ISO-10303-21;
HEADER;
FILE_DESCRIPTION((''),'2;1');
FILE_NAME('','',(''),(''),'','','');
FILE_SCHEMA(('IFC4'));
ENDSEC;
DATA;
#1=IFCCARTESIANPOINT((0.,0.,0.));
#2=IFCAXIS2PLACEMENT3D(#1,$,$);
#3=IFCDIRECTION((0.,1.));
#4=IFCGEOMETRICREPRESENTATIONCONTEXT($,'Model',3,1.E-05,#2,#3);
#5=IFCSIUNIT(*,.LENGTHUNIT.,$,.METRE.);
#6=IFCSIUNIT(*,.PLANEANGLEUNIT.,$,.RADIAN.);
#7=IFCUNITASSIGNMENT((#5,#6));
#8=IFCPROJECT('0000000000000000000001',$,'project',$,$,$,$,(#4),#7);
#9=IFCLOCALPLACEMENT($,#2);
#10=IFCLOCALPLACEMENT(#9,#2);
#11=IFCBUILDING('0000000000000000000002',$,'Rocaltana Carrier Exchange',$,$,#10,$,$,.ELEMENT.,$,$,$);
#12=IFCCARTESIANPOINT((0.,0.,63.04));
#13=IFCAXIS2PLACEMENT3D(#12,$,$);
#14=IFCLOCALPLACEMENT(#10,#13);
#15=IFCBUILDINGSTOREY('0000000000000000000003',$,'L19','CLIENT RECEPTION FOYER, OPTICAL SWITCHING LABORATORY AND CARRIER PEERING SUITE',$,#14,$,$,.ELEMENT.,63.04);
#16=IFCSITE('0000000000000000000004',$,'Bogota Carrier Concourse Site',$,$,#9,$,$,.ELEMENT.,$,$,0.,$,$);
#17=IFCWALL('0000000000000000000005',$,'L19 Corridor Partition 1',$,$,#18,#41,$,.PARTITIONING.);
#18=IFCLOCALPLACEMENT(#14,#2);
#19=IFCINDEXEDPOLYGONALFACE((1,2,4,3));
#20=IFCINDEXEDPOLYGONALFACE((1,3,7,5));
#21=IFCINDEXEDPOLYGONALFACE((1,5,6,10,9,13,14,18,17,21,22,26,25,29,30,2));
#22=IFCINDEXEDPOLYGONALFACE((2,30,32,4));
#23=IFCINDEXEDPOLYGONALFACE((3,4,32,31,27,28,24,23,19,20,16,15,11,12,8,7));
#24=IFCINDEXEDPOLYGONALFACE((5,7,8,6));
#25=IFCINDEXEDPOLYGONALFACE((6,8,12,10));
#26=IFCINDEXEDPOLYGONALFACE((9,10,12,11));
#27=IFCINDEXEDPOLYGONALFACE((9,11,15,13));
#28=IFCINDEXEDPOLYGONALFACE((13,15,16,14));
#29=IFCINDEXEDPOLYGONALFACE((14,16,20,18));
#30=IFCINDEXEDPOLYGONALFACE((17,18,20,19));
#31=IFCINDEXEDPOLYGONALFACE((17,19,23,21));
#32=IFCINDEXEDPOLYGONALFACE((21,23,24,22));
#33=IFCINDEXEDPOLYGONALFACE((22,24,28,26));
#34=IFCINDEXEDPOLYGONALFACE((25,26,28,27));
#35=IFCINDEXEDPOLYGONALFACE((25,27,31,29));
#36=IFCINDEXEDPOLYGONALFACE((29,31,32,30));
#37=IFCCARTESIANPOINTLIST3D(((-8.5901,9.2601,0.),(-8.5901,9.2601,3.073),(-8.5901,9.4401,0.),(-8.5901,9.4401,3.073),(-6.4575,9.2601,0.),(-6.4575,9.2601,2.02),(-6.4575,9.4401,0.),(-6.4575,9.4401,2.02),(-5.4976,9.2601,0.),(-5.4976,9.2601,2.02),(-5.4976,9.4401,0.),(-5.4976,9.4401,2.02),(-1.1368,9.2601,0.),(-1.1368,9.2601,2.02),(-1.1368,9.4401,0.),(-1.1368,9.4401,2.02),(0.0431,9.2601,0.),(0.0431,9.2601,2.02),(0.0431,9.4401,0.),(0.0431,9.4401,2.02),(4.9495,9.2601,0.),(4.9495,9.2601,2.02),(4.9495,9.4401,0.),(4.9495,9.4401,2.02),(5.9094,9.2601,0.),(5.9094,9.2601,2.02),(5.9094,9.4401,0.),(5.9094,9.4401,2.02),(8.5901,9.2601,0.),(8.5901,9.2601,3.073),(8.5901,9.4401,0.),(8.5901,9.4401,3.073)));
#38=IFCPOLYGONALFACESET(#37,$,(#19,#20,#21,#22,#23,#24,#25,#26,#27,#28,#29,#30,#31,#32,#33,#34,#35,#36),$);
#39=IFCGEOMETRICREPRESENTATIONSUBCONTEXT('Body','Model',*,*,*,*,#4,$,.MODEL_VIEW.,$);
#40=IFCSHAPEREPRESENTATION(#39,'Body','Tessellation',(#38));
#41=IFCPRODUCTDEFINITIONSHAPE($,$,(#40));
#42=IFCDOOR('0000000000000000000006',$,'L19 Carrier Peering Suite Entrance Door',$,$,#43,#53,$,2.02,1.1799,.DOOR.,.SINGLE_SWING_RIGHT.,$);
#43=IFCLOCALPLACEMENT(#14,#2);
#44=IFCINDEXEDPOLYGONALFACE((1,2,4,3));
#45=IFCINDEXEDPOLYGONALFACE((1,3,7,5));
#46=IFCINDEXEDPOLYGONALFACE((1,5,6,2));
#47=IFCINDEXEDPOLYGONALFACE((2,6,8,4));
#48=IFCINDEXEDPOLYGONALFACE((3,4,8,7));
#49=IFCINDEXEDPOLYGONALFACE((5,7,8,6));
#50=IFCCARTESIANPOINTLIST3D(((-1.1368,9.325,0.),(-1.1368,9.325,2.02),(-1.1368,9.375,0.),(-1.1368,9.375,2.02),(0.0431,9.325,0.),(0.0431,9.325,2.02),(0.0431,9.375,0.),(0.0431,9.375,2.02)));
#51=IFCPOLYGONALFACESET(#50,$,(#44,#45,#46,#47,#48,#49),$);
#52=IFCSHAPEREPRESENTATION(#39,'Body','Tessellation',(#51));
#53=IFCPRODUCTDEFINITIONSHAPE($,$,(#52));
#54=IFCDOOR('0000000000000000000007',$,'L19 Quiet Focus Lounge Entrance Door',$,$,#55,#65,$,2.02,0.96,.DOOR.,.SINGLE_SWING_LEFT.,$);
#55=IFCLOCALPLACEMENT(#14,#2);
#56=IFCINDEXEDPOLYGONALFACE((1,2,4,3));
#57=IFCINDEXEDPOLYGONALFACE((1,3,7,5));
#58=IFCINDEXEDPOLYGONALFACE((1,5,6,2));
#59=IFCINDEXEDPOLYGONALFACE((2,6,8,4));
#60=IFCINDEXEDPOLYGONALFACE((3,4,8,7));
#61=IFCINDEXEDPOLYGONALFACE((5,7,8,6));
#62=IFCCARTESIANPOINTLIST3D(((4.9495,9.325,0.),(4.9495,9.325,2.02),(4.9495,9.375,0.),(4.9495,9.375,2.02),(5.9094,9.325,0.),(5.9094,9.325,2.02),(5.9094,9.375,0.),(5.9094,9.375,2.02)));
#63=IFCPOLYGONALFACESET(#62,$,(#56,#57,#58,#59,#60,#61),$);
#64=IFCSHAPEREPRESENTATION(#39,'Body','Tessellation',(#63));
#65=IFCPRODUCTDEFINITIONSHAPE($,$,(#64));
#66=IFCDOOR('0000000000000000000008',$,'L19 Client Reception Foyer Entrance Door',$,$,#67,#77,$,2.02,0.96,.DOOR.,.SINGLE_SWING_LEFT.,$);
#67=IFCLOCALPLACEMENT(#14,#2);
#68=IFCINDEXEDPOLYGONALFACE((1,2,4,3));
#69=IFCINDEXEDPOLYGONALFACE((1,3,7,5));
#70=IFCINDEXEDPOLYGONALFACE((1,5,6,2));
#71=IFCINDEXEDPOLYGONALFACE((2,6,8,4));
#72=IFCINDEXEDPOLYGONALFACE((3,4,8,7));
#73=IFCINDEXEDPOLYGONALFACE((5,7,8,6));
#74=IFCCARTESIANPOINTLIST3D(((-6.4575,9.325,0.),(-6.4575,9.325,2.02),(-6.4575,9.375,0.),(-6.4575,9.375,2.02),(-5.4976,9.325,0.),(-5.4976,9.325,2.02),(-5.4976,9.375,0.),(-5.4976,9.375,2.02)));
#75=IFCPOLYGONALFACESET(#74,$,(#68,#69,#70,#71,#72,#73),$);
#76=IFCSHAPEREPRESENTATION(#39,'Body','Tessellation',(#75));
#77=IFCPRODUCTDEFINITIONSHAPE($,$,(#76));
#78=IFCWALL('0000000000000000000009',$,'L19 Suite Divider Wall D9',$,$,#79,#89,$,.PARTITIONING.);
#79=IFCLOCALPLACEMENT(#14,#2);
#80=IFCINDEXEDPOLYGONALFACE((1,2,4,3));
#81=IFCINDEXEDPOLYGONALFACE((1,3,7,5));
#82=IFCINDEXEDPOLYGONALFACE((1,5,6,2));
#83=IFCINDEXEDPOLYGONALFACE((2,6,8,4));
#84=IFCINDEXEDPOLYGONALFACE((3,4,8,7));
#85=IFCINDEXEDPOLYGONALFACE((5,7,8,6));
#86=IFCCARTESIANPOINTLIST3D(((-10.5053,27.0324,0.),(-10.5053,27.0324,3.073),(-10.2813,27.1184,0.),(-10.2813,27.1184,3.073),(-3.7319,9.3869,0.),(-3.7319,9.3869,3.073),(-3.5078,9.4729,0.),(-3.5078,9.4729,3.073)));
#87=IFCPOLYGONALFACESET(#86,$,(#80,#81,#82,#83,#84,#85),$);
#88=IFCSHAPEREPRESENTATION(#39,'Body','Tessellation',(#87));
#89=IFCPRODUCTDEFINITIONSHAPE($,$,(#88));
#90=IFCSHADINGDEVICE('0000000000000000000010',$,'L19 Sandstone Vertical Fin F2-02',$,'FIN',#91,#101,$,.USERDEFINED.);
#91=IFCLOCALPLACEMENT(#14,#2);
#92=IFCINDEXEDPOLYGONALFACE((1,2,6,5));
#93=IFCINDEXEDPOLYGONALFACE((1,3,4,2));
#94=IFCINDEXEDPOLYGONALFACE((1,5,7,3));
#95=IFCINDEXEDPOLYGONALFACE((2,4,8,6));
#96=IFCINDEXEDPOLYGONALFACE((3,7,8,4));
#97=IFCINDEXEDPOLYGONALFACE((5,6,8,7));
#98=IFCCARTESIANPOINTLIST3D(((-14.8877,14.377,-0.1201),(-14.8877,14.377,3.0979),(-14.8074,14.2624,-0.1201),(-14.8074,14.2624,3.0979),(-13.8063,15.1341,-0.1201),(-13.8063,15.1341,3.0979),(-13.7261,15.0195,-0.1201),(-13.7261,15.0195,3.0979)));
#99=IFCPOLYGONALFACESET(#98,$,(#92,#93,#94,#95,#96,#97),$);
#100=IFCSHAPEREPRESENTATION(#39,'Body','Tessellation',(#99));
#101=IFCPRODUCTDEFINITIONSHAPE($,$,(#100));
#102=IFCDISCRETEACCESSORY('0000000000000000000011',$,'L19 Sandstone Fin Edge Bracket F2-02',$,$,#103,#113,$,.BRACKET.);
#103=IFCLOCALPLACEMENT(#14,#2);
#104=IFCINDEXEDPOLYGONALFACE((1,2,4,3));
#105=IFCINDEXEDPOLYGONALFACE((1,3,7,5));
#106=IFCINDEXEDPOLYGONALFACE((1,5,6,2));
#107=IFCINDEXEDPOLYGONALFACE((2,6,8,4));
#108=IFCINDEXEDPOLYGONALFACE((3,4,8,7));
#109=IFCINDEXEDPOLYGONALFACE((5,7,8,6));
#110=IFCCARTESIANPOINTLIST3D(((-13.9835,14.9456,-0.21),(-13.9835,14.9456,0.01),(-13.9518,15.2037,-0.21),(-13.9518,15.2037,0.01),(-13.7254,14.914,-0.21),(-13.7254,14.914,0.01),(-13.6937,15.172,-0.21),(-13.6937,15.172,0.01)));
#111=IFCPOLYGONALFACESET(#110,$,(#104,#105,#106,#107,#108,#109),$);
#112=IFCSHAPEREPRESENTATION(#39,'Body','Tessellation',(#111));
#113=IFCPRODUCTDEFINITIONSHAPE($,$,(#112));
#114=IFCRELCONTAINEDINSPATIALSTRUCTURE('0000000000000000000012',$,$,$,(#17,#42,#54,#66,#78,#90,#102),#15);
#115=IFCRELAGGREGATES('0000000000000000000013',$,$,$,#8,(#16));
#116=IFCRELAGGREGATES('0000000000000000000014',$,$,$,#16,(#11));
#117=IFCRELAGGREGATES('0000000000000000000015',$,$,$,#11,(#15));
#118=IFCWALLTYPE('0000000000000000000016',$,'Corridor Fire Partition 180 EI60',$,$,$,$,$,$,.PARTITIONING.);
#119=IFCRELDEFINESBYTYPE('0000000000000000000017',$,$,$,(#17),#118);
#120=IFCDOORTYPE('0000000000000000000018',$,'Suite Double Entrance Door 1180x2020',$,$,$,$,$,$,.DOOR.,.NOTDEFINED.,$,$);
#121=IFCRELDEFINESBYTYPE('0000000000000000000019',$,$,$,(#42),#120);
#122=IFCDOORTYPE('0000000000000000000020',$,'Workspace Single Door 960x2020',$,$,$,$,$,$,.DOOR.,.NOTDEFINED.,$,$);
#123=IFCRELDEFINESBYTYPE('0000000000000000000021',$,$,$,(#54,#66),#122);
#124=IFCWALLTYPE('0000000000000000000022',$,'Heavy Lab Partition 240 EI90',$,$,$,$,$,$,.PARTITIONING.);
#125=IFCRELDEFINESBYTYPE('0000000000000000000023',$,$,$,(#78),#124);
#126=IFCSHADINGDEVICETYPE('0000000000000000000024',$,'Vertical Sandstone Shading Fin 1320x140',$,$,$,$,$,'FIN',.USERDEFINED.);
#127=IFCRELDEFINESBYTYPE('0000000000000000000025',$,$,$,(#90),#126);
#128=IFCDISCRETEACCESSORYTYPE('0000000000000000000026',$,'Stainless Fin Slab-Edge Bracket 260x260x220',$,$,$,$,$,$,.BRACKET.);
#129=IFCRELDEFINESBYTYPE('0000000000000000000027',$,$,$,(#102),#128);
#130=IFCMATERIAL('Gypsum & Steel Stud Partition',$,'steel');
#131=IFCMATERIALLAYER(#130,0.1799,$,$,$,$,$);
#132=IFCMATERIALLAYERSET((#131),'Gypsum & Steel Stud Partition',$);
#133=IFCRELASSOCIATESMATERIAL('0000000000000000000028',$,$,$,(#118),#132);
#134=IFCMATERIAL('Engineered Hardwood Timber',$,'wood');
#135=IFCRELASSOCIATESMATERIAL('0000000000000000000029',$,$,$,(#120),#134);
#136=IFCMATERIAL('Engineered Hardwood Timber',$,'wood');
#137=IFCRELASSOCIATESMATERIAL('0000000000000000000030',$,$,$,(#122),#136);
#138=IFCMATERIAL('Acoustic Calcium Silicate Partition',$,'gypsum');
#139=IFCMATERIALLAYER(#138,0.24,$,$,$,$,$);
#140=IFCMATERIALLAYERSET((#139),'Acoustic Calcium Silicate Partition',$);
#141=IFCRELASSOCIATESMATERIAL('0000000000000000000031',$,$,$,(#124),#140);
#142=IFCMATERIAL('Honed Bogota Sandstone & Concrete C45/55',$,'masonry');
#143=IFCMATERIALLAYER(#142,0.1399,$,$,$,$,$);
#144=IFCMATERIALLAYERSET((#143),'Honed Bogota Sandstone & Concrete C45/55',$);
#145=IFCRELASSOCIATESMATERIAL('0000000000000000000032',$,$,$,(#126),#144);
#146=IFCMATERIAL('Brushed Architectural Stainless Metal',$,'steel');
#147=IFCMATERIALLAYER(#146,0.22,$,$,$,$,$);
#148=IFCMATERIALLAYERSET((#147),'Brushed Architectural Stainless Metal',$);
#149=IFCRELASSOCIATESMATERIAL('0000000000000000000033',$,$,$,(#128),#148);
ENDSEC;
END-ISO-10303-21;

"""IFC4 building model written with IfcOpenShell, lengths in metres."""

from ifc_helpers import new_model, si_unit, direction, frame, frame_2d, origin, origin_2d, place, context, subcontext, project, spatial, rectangle, extrude, material, layer, layer_set, type_object, element, fill, save


model = new_model("IFC4")

# Units and contexts
model_context = context("Model", 3, precision=1e-05, world=origin(), true_north=direction((0.0, 1.0)))
body_context = subcontext(model_context, "Body", "Model", "MODEL_VIEW")
ifc_project = project(units=[si_unit("LENGTHUNIT", "METRE"), si_unit("PLANEANGLEUNIT", "RADIAN")], contexts=[model_context])

# Site, building, storey
site_placement = place(None, origin())
site = spatial("IfcSite", under=ifc_project, at=site_placement, Name="Bogota Carrier Concourse Site", CompositionType="ELEMENT", RefElevation=0.0)
building_placement = place(site_placement, origin())
building = spatial("IfcBuilding", under=site, at=building_placement, Name="Rocaltana Carrier Exchange", CompositionType="ELEMENT")
storey_placement = place(building_placement, frame((0.0, 0.0, 63.04)))
storey = spatial("IfcBuildingStorey", under=building, at=storey_placement, Name="L19", Description="CLIENT RECEPTION FOYER, OPTICAL SWITCHING LABORATORY AND CARRIER PEERING SUITE", CompositionType="ELEMENT", Elevation=63.04)

# Wall, openings, doors
ifc_material_1 = material(Name="Gypsum & Steel Stud Partition", Category="steel")
ifc_layer_1 = layer(ifc_material_1, 0.1799)
ifc_layer_set_1 = layer_set([ifc_layer_1], Name="Gypsum & Steel Stud Partition")
wall_type_1 = type_object("IfcWallType", Name="Corridor Fire Partition 180 EI60", PredefinedType="PARTITIONING", material=ifc_layer_set_1)
wall_1_placement = place(storey_placement, frame((-8.5901, 9.3501, 0.0), z_axis=(0.0, 0.0, 1.0), x_axis=(1.0, 0.0, 0.0)))
wall_1 = element("IfcWall", 1, at=wall_1_placement, inside=storey, type_object=wall_type_1, Name="L19 Corridor Partition 1", PredefinedType="PARTITIONING", context=body_context, shape_type="SweptSolid", body=[
    extrude(rectangle(XDim=17.1802, YDim=0.1799, at=frame_2d((8.5901, 0.0))), origin(), (0.0, 0.0, 1.0), 3.073),
])
opening_1_placement = place(wall_1_placement, frame((13.5396, 0.0, 0.0)))
opening_1 = element("IfcOpeningElement", 2, at=opening_1_placement, cuts=wall_1, PredefinedType="OPENING", context=body_context, shape_type="SweptSolid", body=[
    extrude(rectangle(XDim=0.96, YDim=2.02, at=frame_2d((0.48, 1.01))), frame((0.0, 0.0999, 0.0), z_axis=(0.0, -1.0, 0.0), x_axis=(1.0, 0.0, 0.0)), (0.0, 0.0, 1.0), 0.2),
])
opening_2_placement = place(wall_1_placement, frame((7.4534, 0.0, 0.0)))
opening_2 = element("IfcOpeningElement", 3, at=opening_2_placement, cuts=wall_1, PredefinedType="OPENING", context=body_context, shape_type="SweptSolid", body=[
    extrude(rectangle(XDim=1.1799, YDim=2.02, at=frame_2d((0.5898, 1.01))), frame((0.0, 0.0999, 0.0), z_axis=(0.0, -1.0, 0.0), x_axis=(1.0, 0.0, 0.0)), (0.0, 0.0, 1.0), 0.2),
])
opening_3_placement = place(wall_1_placement, frame((2.1326, 0.0, 0.0)))
opening_3 = element("IfcOpeningElement", 4, at=opening_3_placement, cuts=wall_1, PredefinedType="OPENING", context=body_context, shape_type="SweptSolid", body=[
    extrude(rectangle(XDim=0.96, YDim=2.02, at=frame_2d((0.48, 1.01))), frame((0.0, 0.0999, 0.0), z_axis=(0.0, -1.0, 0.0), x_axis=(1.0, 0.0, 0.0)), (0.0, 0.0, 1.0), 0.2),
])
ifc_material_2 = material(Name="Engineered Hardwood Timber", Category="wood")
door_type_1 = type_object("IfcDoorType", Name="Suite Double Entrance Door 1180x2020", OperationType="NOTDEFINED", PredefinedType="DOOR", material=ifc_material_2)
door_1_placement = place(opening_2_placement, origin())
door_1 = element("IfcDoor", 5, at=door_1_placement, inside=storey, type_object=door_type_1, Name="L19 Carrier Peering Suite Entrance Door", OperationType="SINGLE_SWING_RIGHT", OverallHeight=2.02, OverallWidth=1.1799, PredefinedType="DOOR", context=body_context, shape_type="SweptSolid", body=[
    extrude(rectangle(XDim=1.1799, YDim=2.02, at=frame_2d((0.5898, 1.01))), frame((0.0, 0.0249, 0.0), z_axis=(0.0, -1.0, 0.0), x_axis=(1.0, 0.0, 0.0)), (0.0, 0.0, 1.0), 0.05),
])
fill(opening_2, door_1)
ifc_material_3 = material(Name="Engineered Hardwood Timber", Category="wood")
door_type_2 = type_object("IfcDoorType", Name="Workspace Single Door 960x2020", OperationType="NOTDEFINED", PredefinedType="DOOR", material=ifc_material_3)
door_2_placement = place(opening_1_placement, origin())
door_2 = element("IfcDoor", 6, at=door_2_placement, inside=storey, type_object=door_type_2, Name="L19 Quiet Focus Lounge Entrance Door", OperationType="SINGLE_SWING_LEFT", OverallHeight=2.02, OverallWidth=0.96, PredefinedType="DOOR", context=body_context, shape_type="SweptSolid", body=[
    extrude(rectangle(XDim=0.96, YDim=2.02, at=frame_2d((0.48, 1.01))), frame((0.0, 0.0249, 0.0), z_axis=(0.0, -1.0, 0.0), x_axis=(1.0, 0.0, 0.0)), (0.0, 0.0, 1.0), 0.05),
])
fill(opening_1, door_2)
door_3_placement = place(opening_3_placement, origin())
door_3 = element("IfcDoor", 7, at=door_3_placement, inside=storey, type_object=door_type_2, Name="L19 Client Reception Foyer Entrance Door", OperationType="SINGLE_SWING_LEFT", OverallHeight=2.02, OverallWidth=0.96, PredefinedType="DOOR", context=body_context, shape_type="SweptSolid", body=[
    extrude(rectangle(XDim=0.96, YDim=2.02, at=frame_2d((0.48, 1.01))), frame((0.0, 0.0249, 0.0), z_axis=(0.0, -1.0, 0.0), x_axis=(1.0, 0.0, 0.0)), (0.0, 0.0, 1.0), 0.05),
])
fill(opening_3, door_3)

# Wall
ifc_material_4 = material(Name="Acoustic Calcium Silicate Partition", Category="gypsum")
ifc_layer_2 = layer(ifc_material_4, 0.24)
ifc_layer_set_2 = layer_set([ifc_layer_2], Name="Acoustic Calcium Silicate Partition")
wall_type_2 = type_object("IfcWallType", Name="Heavy Lab Partition 240 EI90", PredefinedType="PARTITIONING", material=ifc_layer_set_2)
wall_2_placement = place(storey_placement, frame((-3.6199, 9.4299, 0.0), z_axis=(0.0, 0.0, 1.0), x_axis=(-0.358366, 0.933581, 0.0)))
element("IfcWall", 8, at=wall_2_placement, inside=storey, type_object=wall_type_2, Name="L19 Suite Divider Wall D9", PredefinedType="PARTITIONING", context=body_context, shape_type="SweptSolid", body=[
    extrude(rectangle(XDim=18.9009, YDim=0.24, at=frame_2d((9.4504, 0.0))), origin(), (0.0, 0.0, 1.0), 3.073),
])

# Shading device
ifc_material_5 = material(Name="Honed Bogota Sandstone & Concrete C45/55", Category="masonry")
ifc_layer_3 = layer(ifc_material_5, 0.1399)
ifc_layer_set_3 = layer_set([ifc_layer_3], Name="Honed Bogota Sandstone & Concrete C45/55")
shading_device_type = type_object("IfcShadingDeviceType", Name="Vertical Sandstone Shading Fin 1320x140", ElementType="FIN", PredefinedType="USERDEFINED", material=ifc_layer_set_3)
shading_device_placement = place(storey_placement, frame((-14.3069, 14.6982, -0.1201), z_axis=(0.0, 0.0, 1.0), x_axis=(-0.819152, -0.573576, 0.0)))
element("IfcShadingDevice", 9, at=shading_device_placement, inside=storey, type_object=shading_device_type, Name="L19 Sandstone Vertical Fin F2-02", ObjectType="FIN", PredefinedType="USERDEFINED", context=body_context, shape_type="SweptSolid", body=[
    extrude(rectangle(XDim=1.3201, YDim=0.1399, at=origin_2d()), origin(), (0.0, 0.0, 1.0), 3.218),
])

# Discrete accessory
ifc_material_6 = material(Name="Brushed Architectural Stainless Metal", Category="steel")
ifc_layer_4 = layer(ifc_material_6, 0.22)
ifc_layer_set_4 = layer_set([ifc_layer_4], Name="Brushed Architectural Stainless Metal")
discrete_accessory_type = type_object("IfcDiscreteAccessoryType", Name="Stainless Fin Slab-Edge Bracket 260x260x220", PredefinedType="BRACKET", material=ifc_layer_set_4)
discrete_accessory_placement = place(storey_placement, frame((-13.8386, 15.0588, -0.21), z_axis=(0.0, 0.0, 1.0), x_axis=(-0.121869, -0.992546, 0.0)))
element("IfcDiscreteAccessory", 10, at=discrete_accessory_placement, inside=storey, type_object=discrete_accessory_type, Name="L19 Sandstone Fin Edge Bracket F2-02", PredefinedType="BRACKET", context=body_context, shape_type="SweptSolid", body=[
    extrude(rectangle(XDim=0.26, YDim=0.26, at=origin_2d()), origin(), (0.0, 0.0, 1.0), 0.22),
])

save(model, "model.ifc")
